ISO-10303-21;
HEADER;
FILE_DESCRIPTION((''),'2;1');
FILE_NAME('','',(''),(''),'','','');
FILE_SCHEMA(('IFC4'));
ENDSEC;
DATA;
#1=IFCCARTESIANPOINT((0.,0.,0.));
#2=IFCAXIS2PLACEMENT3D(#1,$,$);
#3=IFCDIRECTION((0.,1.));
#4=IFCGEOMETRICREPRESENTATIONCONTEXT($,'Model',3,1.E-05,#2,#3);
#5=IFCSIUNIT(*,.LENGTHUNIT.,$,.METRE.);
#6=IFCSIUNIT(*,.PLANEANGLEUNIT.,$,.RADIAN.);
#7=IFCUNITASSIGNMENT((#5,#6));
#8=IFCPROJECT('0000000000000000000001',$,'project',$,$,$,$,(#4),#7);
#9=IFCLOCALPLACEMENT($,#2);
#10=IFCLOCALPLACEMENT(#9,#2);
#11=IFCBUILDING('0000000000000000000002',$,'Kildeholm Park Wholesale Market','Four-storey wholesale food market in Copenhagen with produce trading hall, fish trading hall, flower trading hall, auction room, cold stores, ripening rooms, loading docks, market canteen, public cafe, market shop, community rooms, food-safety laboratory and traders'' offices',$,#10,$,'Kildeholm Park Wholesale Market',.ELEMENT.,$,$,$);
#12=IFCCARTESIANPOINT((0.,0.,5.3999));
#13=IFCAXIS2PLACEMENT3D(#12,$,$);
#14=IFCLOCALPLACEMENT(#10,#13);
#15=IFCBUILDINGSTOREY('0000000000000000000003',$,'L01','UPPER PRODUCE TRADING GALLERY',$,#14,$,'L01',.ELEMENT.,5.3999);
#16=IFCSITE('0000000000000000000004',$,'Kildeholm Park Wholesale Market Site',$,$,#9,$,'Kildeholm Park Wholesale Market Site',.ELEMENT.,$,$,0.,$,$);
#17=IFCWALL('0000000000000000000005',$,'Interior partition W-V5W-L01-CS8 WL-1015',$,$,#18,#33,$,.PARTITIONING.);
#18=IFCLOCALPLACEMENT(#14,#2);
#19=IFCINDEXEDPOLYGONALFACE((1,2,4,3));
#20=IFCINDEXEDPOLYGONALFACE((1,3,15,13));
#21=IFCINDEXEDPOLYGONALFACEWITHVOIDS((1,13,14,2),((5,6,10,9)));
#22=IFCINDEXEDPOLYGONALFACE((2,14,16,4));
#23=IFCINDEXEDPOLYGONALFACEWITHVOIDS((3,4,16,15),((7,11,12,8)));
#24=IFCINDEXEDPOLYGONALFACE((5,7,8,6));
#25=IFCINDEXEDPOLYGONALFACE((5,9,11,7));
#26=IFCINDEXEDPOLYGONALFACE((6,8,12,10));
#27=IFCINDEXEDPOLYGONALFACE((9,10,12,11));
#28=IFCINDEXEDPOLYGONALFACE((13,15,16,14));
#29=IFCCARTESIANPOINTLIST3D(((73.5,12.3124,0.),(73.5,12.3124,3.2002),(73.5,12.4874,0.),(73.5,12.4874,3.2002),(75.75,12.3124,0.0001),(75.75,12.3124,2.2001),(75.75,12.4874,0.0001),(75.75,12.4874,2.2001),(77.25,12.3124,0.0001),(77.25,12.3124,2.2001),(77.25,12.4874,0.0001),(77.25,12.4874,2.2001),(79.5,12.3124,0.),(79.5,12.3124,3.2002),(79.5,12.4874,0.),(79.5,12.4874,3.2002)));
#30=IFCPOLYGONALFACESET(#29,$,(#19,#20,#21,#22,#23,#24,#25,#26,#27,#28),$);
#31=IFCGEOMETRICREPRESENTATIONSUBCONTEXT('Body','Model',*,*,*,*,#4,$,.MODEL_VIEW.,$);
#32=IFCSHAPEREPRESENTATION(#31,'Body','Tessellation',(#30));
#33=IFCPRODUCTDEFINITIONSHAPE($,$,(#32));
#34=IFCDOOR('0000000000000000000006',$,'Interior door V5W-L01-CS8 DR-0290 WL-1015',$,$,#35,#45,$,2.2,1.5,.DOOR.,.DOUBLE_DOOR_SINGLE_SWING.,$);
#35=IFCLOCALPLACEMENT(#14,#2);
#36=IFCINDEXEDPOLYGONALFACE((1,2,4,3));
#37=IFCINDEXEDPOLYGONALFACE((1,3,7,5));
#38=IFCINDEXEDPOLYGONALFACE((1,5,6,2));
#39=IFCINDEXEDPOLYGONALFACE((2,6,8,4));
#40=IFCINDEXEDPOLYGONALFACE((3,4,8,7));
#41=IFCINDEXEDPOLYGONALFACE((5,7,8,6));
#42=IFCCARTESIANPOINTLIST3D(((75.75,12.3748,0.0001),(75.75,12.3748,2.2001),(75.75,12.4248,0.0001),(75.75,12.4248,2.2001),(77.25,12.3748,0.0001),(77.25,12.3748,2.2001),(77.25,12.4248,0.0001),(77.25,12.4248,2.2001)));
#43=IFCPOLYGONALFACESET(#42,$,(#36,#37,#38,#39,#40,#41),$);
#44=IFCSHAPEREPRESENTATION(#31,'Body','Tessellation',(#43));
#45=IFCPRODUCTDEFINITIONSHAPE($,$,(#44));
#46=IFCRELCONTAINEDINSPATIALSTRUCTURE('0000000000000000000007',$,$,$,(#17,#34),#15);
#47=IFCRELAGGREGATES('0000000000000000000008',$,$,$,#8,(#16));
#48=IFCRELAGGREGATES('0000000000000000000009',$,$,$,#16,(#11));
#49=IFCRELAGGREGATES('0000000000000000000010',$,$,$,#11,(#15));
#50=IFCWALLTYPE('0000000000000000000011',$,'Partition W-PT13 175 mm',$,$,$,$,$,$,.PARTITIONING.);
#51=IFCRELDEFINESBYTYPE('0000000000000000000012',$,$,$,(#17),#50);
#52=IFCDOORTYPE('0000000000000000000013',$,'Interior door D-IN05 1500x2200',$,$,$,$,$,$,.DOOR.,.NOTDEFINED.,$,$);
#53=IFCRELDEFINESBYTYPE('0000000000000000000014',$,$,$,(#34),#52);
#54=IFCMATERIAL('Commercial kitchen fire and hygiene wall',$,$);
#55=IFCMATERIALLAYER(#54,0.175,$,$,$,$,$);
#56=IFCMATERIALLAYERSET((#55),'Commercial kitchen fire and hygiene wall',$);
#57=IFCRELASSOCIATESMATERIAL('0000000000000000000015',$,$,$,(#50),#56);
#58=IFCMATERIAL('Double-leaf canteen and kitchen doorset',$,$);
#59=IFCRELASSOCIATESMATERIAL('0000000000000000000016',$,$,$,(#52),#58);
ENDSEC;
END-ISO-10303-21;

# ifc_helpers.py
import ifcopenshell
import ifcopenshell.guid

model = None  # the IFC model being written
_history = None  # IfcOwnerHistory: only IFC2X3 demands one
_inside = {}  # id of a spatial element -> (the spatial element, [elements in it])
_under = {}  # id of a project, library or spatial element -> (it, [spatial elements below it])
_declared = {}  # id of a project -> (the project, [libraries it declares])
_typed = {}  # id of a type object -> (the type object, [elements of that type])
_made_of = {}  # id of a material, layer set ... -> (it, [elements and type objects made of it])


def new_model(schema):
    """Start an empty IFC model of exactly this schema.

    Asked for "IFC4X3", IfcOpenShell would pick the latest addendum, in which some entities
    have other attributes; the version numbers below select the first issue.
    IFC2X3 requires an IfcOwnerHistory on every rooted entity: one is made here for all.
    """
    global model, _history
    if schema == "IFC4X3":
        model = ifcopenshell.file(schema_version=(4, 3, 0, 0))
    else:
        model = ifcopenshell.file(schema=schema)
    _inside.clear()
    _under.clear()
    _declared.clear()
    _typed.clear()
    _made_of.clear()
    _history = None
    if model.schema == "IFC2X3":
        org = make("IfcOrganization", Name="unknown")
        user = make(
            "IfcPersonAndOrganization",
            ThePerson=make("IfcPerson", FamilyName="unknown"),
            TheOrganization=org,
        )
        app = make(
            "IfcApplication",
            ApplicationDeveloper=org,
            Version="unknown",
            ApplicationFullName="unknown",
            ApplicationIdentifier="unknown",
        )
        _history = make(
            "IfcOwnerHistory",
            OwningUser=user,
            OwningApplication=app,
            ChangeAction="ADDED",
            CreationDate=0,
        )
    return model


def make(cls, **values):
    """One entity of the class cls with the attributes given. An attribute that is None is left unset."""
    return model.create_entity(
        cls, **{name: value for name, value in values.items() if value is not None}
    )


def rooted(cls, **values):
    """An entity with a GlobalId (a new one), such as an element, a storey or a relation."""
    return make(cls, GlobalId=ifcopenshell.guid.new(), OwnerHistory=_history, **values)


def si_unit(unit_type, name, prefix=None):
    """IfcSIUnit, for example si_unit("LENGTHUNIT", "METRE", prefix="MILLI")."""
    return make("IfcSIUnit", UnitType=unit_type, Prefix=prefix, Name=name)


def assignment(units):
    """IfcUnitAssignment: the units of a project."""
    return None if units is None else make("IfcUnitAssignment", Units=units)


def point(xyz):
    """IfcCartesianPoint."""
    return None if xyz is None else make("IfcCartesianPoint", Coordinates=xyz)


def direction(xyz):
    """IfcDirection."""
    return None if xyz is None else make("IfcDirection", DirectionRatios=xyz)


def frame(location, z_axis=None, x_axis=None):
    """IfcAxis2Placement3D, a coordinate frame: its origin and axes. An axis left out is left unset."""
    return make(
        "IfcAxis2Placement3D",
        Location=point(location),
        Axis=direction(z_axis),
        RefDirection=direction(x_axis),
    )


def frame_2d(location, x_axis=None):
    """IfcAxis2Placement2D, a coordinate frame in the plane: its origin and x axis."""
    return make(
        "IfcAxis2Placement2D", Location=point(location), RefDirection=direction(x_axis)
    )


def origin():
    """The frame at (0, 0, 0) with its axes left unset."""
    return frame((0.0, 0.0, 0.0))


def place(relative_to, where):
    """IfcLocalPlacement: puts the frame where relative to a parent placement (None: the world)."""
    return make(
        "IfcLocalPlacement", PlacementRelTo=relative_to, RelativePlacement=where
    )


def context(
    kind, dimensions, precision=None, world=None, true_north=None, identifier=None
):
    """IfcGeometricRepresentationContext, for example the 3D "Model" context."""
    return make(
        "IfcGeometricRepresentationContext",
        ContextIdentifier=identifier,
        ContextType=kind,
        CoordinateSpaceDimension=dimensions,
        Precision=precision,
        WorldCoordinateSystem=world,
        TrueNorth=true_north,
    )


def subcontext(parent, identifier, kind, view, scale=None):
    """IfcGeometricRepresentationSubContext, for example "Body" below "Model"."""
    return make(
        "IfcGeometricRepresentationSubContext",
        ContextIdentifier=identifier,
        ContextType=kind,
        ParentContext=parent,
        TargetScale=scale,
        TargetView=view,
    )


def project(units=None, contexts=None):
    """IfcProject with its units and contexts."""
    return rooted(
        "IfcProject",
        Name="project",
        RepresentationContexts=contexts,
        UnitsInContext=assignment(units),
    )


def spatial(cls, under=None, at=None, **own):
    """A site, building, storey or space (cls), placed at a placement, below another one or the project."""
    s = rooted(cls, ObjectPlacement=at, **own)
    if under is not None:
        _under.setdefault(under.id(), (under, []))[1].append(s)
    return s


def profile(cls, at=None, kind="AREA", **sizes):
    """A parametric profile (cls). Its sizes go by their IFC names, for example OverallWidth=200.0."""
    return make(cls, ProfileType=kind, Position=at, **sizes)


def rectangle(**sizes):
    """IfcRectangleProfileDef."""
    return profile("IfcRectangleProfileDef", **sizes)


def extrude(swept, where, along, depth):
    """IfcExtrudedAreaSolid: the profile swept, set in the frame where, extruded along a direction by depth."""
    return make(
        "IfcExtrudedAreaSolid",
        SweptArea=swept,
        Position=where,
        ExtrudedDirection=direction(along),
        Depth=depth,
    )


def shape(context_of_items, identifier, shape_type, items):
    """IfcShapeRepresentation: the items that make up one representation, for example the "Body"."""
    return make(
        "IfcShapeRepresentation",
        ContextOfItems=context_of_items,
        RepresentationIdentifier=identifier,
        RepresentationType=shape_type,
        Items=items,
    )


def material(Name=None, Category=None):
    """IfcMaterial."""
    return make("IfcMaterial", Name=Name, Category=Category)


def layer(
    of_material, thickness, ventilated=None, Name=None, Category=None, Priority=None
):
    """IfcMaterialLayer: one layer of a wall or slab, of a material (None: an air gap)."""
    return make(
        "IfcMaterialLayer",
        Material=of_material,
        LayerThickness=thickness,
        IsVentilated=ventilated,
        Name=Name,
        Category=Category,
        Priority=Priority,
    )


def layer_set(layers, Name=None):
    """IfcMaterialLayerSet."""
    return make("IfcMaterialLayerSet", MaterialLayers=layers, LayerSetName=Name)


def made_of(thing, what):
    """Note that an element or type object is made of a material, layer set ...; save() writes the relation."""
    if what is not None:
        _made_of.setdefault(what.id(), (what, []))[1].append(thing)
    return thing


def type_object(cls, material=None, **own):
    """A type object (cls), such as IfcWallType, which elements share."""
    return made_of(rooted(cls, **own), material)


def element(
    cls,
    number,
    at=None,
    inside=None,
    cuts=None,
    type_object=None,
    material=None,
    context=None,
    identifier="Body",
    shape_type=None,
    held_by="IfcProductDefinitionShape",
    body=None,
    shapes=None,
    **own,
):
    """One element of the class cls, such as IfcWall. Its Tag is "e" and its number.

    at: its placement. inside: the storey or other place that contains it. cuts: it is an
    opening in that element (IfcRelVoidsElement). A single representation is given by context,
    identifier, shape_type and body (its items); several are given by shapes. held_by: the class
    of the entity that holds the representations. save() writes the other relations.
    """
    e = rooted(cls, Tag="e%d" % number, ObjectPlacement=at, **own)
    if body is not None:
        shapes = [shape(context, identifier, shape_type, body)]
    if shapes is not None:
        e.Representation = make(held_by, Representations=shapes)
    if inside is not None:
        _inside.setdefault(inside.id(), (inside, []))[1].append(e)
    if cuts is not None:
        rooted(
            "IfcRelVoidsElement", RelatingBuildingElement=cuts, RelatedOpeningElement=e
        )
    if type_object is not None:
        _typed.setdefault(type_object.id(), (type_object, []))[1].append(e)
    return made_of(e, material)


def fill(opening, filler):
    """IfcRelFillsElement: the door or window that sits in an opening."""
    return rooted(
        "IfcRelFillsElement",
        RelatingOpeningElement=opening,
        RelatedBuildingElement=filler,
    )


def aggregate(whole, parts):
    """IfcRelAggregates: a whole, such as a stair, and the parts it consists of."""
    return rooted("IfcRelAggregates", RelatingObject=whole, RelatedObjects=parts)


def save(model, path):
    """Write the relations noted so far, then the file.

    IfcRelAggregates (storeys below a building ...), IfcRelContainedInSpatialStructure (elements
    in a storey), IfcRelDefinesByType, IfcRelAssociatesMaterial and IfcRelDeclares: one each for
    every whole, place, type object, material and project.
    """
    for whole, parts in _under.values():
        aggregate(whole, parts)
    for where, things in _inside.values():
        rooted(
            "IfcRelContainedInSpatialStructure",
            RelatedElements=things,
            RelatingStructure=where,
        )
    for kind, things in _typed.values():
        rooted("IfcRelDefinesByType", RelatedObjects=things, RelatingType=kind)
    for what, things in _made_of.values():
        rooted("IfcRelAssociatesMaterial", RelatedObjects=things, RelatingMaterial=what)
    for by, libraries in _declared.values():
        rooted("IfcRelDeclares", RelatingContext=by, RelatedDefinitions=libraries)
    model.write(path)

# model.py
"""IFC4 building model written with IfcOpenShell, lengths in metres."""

from ifc_helpers import new_model, si_unit, direction, frame, frame_2d, origin, place, context, subcontext, project, spatial, rectangle, extrude, material, layer, layer_set, type_object, element, fill, save


model = new_model("IFC4")

# Units and contexts
model_context = context("Model", 3, precision=1e-05, world=origin(), true_north=direction((0.0, 1.0)))
body_context = subcontext(model_context, "Body", "Model", "MODEL_VIEW")
ifc_project = project(units=[si_unit("LENGTHUNIT", "METRE"), si_unit("PLANEANGLEUNIT", "RADIAN")], contexts=[model_context])

# Site, building, storey
site_placement = place(None, origin())
site = spatial("IfcSite", under=ifc_project, at=site_placement, Name="Kildeholm Park Wholesale Market Site", LongName="Kildeholm Park Wholesale Market Site", CompositionType="ELEMENT", RefElevation=0.0)
building_placement = place(site_placement, origin())
building = spatial("IfcBuilding", under=site, at=building_placement, Name="Kildeholm Park Wholesale Market", Description="Four-storey wholesale food market in Copenhagen with produce trading hall, fish trading hall, flower trading hall, auction room, cold stores, ripening rooms, loading docks, market canteen, public cafe, market shop, community rooms, food-safety laboratory and traders' offices", LongName="Kildeholm Park Wholesale Market", CompositionType="ELEMENT")
storey_placement = place(building_placement, frame((0.0, 0.0, 5.3999)))
storey = spatial("IfcBuildingStorey", under=building, at=storey_placement, Name="L01", Description="UPPER PRODUCE TRADING GALLERY", LongName="L01", CompositionType="ELEMENT", Elevation=5.3999)

# Wall, opening, door
ifc_material_1 = material(Name="Commercial kitchen fire and hygiene wall")
ifc_layer_1 = layer(ifc_material_1, 0.175)
ifc_layer_set_1 = layer_set([ifc_layer_1], Name="Commercial kitchen fire and hygiene wall")
wall_type_1 = type_object("IfcWallType", Name="Partition W-PT13 175 mm", PredefinedType="PARTITIONING", material=ifc_layer_set_1)
wall_1_placement = place(storey_placement, frame((73.5, 12.3999, 0.0), z_axis=(0.0, 0.0, 1.0), x_axis=(1.0, 0.0, 0.0)))
wall_1 = element("IfcWall", 1, at=wall_1_placement, inside=storey, type_object=wall_type_1, Name="Interior partition W-V5W-L01-CS8 WL-1015", PredefinedType="PARTITIONING", context=body_context, shape_type="SweptSolid", body=[
    extrude(rectangle(XDim=6.0, YDim=0.175, at=frame_2d((3.0, 0.0))), origin(), (0.0, 0.0, 1.0), 3.2002),
])
opening_1_placement = place(wall_1_placement, frame((2.25, 0.0, 0.0)))
opening_1 = element("IfcOpeningElement", 2, at=opening_1_placement, cuts=wall_1, PredefinedType="OPENING", context=body_context, shape_type="SweptSolid", body=[
    extrude(rectangle(XDim=1.5, YDim=2.2, at=frame_2d((0.75, 1.1001))), frame((0.0, 0.0974, 0.0), z_axis=(0.0, -1.0, 0.0), x_axis=(1.0, 0.0, 0.0)), (0.0, 0.0, 1.0), 0.1951),
])
ifc_material_2 = material(Name="Double-leaf canteen and kitchen doorset")
door_type_1 = type_object("IfcDoorType", Name="Interior door D-IN05 1500x2200", OperationType="NOTDEFINED", PredefinedType="DOOR", material=ifc_material_2)
door_1_placement = place(opening_1_placement, origin())
door_1 = element("IfcDoor", 3, at=door_1_placement, inside=storey, type_object=door_type_1, Name="Interior door V5W-L01-CS8 DR-0290 WL-1015", OperationType="DOUBLE_DOOR_SINGLE_SWING", OverallHeight=2.2, OverallWidth=1.5, PredefinedType="DOOR", context=body_context, shape_type="SweptSolid", body=[
    extrude(rectangle(XDim=1.5, YDim=2.2, at=frame_2d((0.75, 1.1001))), frame((0.0, 0.0249, 0.0), z_axis=(0.0, -1.0, 0.0), x_axis=(1.0, 0.0, 0.0)), (0.0, 0.0, 1.0), 0.05),
])
fill(opening_1, door_1)

save(model, "model.ifc")
